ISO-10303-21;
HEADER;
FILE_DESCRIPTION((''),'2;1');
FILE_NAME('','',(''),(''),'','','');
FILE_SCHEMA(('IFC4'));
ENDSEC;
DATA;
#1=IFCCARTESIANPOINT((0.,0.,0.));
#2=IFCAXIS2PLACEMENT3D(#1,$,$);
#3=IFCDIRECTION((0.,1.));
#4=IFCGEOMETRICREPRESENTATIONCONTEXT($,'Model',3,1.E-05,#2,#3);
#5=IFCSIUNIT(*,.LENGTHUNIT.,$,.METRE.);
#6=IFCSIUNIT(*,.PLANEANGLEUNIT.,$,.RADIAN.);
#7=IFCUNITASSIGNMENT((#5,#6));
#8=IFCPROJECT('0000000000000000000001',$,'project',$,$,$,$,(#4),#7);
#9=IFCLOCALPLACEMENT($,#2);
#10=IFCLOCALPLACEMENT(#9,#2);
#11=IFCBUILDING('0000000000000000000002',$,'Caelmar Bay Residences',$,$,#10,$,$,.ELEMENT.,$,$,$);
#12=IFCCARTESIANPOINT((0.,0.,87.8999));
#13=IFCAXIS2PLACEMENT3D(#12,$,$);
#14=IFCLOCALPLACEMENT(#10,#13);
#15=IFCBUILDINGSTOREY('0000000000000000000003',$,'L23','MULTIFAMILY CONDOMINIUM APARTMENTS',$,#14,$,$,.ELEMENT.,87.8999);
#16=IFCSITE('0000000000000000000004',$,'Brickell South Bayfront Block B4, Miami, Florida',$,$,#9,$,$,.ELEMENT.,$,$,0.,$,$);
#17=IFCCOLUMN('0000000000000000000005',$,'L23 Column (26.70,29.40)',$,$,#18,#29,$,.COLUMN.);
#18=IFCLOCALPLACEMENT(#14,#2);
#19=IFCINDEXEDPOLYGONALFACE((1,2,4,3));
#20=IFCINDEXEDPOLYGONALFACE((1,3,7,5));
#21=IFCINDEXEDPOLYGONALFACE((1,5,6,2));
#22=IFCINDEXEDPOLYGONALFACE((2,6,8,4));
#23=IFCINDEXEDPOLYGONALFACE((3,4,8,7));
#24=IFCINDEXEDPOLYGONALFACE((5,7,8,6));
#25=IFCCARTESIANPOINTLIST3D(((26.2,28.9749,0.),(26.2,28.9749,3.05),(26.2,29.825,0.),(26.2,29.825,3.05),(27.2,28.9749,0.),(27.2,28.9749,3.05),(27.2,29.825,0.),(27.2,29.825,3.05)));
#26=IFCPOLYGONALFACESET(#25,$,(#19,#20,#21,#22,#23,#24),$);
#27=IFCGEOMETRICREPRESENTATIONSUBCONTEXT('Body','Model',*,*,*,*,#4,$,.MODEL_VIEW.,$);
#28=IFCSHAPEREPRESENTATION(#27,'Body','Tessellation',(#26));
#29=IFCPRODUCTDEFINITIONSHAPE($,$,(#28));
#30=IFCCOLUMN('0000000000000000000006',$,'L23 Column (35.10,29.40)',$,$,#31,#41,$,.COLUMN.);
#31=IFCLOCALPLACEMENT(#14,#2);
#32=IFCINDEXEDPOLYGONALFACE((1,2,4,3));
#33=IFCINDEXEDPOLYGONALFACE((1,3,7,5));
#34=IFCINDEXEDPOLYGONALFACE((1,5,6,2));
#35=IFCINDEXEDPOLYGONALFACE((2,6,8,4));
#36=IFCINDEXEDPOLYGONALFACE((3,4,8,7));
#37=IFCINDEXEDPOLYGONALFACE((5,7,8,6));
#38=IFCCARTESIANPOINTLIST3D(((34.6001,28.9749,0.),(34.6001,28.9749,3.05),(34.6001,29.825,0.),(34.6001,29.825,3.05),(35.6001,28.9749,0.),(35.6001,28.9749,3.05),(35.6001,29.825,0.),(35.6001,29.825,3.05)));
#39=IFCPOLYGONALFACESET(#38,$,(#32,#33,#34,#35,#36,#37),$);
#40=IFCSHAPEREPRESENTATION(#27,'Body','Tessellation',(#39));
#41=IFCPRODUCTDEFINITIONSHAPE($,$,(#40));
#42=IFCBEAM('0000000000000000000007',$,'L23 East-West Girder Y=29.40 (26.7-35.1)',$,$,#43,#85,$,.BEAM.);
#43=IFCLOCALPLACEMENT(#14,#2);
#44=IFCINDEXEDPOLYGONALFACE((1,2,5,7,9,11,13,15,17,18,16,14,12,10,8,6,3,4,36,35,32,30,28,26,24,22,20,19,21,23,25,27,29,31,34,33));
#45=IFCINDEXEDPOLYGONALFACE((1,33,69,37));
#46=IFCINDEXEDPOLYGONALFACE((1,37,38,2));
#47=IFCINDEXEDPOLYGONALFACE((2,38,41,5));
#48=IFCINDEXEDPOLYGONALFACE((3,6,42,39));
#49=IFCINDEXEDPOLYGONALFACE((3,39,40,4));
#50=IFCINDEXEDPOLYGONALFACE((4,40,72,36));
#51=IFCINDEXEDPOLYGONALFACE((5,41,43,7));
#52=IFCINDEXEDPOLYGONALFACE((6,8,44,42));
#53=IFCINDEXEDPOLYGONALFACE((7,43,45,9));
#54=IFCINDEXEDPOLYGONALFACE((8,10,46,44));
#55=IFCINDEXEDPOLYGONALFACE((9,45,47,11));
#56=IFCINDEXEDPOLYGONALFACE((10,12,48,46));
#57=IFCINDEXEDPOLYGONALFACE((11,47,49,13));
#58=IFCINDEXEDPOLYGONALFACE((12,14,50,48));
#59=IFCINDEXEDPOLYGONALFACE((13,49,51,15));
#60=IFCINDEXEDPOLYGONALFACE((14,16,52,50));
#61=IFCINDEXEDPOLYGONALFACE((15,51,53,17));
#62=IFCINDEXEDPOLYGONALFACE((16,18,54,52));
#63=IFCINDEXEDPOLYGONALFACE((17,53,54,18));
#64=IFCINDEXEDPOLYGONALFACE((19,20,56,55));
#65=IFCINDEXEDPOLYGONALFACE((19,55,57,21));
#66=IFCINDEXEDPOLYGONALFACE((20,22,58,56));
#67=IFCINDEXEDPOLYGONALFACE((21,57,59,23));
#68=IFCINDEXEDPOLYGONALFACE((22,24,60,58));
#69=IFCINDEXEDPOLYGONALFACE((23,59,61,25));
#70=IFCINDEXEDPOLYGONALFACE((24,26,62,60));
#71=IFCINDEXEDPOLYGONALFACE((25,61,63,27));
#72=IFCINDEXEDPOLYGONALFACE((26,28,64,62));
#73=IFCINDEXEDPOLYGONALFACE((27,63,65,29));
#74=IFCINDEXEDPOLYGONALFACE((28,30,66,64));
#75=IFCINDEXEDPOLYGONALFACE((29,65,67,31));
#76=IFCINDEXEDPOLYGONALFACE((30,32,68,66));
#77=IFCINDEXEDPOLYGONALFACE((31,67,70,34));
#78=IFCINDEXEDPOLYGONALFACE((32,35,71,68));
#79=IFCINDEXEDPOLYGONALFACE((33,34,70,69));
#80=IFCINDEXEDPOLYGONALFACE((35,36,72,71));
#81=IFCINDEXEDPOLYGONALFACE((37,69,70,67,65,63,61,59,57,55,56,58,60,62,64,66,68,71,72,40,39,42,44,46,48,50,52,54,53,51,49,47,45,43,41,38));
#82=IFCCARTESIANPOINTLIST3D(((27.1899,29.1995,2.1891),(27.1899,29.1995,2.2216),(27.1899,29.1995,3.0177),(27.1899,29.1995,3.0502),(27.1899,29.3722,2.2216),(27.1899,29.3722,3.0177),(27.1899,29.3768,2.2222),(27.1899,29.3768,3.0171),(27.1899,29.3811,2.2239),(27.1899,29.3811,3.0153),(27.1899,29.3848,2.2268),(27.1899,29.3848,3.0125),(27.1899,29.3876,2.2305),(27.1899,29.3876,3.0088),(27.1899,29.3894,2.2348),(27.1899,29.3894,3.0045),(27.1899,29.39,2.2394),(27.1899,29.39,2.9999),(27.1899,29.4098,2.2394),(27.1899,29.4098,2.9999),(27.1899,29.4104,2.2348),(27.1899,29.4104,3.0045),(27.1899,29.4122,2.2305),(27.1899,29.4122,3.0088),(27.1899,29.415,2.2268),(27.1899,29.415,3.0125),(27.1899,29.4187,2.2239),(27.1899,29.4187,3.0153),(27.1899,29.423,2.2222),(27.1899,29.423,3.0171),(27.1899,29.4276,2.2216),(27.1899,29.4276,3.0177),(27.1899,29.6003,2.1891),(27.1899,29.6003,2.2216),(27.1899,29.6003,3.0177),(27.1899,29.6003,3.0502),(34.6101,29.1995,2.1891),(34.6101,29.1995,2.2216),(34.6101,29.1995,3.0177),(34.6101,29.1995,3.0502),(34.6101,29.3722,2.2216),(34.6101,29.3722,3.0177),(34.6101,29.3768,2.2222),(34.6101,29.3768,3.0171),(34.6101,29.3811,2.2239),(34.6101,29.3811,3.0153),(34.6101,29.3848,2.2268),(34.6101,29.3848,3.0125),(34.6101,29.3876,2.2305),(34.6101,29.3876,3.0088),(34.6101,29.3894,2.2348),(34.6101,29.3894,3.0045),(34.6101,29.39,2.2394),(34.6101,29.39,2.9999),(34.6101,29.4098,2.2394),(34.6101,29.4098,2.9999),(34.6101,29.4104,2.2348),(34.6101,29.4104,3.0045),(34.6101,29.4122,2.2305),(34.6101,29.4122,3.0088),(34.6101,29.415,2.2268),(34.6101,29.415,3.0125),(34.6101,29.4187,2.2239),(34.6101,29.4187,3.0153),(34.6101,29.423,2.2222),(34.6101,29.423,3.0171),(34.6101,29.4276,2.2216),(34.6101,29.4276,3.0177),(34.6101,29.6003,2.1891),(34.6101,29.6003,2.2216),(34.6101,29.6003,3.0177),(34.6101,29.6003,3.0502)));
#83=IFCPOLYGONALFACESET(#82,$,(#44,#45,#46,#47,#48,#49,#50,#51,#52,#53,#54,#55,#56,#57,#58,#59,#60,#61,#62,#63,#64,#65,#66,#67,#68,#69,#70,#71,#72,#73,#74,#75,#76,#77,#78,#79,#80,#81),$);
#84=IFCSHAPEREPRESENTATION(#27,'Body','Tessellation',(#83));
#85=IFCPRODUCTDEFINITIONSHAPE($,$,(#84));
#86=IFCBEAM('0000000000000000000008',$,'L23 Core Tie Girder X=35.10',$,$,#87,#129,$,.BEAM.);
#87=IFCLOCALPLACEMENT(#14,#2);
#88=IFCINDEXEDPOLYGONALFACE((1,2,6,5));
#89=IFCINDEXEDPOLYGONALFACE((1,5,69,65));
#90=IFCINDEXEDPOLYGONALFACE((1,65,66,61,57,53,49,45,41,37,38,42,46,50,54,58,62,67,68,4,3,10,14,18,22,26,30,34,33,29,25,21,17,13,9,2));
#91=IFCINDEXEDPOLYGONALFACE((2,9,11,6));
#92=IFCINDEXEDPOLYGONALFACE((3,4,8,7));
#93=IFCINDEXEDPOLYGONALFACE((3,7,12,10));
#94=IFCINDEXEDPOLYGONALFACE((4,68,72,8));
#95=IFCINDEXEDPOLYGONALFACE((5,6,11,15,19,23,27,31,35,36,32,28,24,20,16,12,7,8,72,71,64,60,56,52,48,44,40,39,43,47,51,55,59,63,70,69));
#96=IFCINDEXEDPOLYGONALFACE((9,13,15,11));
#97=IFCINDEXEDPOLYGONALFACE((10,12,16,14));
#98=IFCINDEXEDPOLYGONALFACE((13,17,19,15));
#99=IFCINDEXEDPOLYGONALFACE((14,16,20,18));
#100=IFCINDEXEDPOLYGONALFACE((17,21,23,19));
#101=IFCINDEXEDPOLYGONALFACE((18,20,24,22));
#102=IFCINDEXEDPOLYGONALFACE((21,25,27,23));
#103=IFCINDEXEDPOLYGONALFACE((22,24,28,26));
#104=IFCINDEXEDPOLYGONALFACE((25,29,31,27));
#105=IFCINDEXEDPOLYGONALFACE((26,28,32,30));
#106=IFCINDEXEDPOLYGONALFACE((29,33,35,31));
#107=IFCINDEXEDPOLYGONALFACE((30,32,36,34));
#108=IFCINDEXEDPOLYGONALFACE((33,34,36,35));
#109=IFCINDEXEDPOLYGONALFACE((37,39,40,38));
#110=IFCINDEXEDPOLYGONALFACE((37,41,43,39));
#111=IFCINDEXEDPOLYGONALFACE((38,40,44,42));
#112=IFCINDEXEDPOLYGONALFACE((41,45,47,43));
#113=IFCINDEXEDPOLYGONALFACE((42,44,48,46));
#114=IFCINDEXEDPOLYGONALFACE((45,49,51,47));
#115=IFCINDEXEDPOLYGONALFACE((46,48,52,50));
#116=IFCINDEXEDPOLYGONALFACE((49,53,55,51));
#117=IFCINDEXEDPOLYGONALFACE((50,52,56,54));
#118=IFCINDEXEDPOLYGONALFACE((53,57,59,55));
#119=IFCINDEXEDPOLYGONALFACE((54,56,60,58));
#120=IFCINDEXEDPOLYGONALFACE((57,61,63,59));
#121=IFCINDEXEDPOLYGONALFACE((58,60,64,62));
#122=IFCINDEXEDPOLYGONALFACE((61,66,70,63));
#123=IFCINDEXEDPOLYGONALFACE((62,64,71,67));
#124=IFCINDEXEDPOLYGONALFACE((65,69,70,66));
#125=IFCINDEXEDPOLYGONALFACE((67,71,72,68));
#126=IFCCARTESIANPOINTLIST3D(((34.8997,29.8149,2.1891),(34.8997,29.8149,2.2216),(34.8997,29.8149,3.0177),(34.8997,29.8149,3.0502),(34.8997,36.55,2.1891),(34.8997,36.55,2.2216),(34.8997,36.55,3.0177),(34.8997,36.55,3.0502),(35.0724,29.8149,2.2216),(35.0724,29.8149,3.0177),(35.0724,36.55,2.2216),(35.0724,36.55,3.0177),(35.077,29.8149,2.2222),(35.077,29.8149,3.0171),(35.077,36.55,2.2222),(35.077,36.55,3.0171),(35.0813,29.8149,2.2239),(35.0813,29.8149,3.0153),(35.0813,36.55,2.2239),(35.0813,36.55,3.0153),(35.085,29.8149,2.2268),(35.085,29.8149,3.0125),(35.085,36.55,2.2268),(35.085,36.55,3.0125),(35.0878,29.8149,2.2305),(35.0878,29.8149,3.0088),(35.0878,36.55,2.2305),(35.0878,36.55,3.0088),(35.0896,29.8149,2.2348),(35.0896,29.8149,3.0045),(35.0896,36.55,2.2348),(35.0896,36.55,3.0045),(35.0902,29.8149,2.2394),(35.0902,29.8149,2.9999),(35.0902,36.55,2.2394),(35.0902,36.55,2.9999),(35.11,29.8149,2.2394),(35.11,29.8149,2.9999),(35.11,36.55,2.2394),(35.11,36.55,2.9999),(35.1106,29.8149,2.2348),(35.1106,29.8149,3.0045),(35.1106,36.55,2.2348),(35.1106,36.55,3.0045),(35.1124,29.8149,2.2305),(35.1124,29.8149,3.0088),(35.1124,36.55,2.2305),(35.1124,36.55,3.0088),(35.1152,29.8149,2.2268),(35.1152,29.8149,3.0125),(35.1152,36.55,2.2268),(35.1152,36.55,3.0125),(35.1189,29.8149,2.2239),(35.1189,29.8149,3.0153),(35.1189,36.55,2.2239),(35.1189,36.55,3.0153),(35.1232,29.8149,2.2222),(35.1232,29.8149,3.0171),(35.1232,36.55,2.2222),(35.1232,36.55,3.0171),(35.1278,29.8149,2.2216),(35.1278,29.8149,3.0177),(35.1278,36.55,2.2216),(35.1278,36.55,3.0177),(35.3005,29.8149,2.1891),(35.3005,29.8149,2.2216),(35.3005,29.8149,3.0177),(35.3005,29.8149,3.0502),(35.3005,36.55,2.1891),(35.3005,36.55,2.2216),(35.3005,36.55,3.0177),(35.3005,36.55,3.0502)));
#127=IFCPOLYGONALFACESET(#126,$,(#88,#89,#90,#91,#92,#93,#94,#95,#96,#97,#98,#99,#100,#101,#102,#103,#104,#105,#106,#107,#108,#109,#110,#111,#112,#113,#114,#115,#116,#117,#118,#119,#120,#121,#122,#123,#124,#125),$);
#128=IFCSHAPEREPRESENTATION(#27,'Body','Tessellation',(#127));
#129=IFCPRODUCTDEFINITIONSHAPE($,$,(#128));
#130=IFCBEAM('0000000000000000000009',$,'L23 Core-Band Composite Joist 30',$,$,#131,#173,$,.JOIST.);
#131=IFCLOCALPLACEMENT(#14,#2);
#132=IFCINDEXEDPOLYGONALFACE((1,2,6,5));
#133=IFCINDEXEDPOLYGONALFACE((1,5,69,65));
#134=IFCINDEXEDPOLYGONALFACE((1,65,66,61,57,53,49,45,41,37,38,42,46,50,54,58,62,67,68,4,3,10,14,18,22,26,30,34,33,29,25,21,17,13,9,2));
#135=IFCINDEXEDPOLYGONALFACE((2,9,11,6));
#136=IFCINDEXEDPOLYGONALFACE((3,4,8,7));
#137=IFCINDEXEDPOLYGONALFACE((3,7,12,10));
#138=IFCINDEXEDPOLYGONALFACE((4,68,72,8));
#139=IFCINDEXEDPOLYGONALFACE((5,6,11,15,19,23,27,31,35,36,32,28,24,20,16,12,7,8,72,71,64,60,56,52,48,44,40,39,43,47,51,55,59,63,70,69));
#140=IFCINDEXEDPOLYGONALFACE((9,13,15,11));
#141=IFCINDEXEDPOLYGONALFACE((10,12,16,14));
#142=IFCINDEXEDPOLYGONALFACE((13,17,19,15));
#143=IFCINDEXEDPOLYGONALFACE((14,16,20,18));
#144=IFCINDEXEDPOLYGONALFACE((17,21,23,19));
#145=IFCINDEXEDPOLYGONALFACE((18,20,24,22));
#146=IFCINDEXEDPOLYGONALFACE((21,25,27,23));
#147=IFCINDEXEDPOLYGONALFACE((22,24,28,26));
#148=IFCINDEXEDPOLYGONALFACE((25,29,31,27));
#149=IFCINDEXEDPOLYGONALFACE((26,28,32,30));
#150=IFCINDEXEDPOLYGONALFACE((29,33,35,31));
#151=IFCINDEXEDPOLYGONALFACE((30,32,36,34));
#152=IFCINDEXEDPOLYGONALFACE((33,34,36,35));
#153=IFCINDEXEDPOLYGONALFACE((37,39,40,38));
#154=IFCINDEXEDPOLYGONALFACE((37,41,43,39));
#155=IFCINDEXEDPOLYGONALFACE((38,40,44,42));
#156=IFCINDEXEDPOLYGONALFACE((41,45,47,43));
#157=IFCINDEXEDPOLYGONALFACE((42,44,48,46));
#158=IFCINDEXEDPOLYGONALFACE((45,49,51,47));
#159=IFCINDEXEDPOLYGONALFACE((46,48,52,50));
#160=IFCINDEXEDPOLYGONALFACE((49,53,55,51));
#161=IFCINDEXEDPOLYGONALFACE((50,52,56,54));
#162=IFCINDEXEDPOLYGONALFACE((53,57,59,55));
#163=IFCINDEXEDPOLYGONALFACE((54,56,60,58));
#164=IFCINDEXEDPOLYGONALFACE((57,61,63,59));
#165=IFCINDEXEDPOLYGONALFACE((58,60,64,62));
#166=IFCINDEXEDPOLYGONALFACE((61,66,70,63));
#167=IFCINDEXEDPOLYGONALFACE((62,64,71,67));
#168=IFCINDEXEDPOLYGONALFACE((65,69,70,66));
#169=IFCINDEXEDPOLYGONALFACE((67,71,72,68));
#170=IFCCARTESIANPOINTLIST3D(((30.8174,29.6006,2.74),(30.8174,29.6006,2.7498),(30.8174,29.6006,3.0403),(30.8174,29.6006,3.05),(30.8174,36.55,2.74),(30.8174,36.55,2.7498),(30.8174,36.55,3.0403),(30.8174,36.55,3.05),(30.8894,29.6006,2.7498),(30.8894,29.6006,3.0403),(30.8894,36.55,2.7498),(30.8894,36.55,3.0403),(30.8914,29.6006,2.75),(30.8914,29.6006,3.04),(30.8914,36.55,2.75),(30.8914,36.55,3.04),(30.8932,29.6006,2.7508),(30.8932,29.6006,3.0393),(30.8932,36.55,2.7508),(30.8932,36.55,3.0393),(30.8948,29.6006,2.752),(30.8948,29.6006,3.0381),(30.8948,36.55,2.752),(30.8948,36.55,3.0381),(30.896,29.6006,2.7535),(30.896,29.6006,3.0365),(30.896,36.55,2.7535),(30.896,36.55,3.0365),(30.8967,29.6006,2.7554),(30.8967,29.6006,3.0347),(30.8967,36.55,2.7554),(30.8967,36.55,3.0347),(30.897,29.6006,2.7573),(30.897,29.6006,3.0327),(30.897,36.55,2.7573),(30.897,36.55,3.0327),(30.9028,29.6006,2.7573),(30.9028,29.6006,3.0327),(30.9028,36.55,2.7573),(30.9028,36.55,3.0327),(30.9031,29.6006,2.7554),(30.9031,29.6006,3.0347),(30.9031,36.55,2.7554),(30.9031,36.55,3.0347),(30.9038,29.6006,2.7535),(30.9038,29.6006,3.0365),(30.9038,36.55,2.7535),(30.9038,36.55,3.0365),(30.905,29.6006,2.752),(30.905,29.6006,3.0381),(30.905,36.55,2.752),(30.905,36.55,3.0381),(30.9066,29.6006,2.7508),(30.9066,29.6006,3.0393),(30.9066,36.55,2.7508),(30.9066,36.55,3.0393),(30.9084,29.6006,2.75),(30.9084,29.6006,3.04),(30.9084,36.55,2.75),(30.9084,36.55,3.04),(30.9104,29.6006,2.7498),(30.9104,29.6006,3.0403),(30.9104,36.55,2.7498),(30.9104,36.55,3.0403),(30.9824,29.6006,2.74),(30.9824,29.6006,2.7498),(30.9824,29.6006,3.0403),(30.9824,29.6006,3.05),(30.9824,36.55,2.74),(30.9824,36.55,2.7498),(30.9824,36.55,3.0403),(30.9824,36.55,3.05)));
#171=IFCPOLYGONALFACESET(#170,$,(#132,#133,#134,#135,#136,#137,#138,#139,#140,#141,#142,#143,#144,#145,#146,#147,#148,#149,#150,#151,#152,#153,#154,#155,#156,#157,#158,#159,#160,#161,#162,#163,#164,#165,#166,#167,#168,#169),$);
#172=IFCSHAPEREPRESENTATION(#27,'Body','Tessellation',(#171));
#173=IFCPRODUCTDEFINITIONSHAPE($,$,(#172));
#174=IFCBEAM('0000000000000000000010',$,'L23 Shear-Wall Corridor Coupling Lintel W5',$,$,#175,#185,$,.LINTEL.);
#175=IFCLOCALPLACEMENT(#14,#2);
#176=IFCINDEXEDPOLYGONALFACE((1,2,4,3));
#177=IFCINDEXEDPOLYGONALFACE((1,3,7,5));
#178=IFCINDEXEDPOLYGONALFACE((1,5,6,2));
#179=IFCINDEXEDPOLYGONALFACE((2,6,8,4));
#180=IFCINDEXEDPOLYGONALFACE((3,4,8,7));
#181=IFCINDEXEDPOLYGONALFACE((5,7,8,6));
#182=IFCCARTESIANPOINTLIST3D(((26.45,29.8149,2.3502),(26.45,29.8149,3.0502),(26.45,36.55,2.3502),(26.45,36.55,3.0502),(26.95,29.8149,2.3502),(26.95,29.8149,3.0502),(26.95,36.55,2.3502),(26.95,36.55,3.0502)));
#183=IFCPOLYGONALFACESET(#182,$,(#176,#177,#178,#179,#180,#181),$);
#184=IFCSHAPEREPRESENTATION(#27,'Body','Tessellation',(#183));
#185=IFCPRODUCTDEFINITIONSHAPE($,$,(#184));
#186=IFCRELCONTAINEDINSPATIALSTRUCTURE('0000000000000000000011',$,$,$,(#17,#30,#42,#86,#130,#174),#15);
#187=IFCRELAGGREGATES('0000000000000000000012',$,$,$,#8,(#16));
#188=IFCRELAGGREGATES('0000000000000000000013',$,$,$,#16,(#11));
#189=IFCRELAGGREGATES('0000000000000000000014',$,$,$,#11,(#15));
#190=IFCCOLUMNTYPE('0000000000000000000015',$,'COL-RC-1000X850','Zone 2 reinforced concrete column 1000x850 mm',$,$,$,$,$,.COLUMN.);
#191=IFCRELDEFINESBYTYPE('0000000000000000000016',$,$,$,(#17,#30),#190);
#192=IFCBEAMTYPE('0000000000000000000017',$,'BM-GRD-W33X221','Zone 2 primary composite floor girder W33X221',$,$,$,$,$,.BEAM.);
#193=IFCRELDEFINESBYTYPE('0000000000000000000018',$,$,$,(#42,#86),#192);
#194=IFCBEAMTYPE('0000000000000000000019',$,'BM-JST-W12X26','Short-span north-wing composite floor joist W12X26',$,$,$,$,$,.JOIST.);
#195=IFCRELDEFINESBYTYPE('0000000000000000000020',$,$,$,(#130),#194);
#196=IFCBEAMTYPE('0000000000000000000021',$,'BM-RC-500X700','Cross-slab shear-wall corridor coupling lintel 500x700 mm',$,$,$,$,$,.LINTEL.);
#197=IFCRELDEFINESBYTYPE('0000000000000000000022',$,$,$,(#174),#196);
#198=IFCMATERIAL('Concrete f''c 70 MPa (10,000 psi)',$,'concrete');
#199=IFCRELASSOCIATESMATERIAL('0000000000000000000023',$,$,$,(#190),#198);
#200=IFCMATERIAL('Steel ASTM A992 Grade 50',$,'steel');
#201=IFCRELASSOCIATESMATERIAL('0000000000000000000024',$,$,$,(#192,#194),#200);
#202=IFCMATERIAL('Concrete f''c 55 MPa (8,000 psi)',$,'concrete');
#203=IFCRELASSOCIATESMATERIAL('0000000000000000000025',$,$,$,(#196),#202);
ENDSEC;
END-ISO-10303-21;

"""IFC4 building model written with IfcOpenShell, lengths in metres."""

from ifc_helpers import new_model, si_unit, direction, frame, origin, origin_2d, place, context, subcontext, project, spatial, rectangle, i_section, extrude, material, material_profile, profile_set, type_object, element, save


model = new_model("IFC4")

# Units and contexts
model_context = context("Model", 3, precision=1e-05, world=origin(), true_north=direction((0.0, 1.0)))
body_context = subcontext(model_context, "Body", "Model", "MODEL_VIEW")
ifc_project = project(units=[si_unit("LENGTHUNIT", "METRE"), si_unit("PLANEANGLEUNIT", "RADIAN")], contexts=[model_context])

# Site, building, storey
site_placement = place(None, origin())
site = spatial("IfcSite", under=ifc_project, at=site_placement, Name="Brickell South Bayfront Block B4, Miami, Florida", CompositionType="ELEMENT", RefElevation=0.0)
building_placement = place(site_placement, origin())
building = spatial("IfcBuilding", under=site, at=building_placement, Name="Caelmar Bay Residences", CompositionType="ELEMENT")
storey_placement = place(building_placement, frame((0.0, 0.0, 87.8999)))
storey = spatial("IfcBuildingStorey", under=building, at=storey_placement, Name="L23", Description="MULTIFAMILY CONDOMINIUM APARTMENTS", CompositionType="ELEMENT", Elevation=87.8999)

# Columns
ifc_material_1 = material(Name="Concrete f'c 70 MPa (10,000 psi)", Category="concrete")
ifc_material_profile_1 = material_profile(ifc_material_1, rectangle(XDim=1.0, YDim=0.8501, at=origin_2d()), Name="RC-COL-1000X850")
ifc_profile_set_1 = profile_set([ifc_material_profile_1], Name="Concrete f'c 70 MPa (10,000 psi)")
column_type = type_object("IfcColumnType", Name="COL-RC-1000X850", Description="Zone 2 reinforced concrete column 1000x850 mm", PredefinedType="COLUMN", material=ifc_profile_set_1)
for number, where, z_axis, x_axis, name in (
    (1, (26.7, 29.3999, 0.0), (0.0, 0.0, 1.0), (1.0, 0.0, 0.0), "L23 Column (26.70,29.40)"),
    (2, (35.1001, 29.3999, 0.0), (0.0, 0.0, 1.0), (1.0, 0.0, 0.0), "L23 Column (35.10,29.40)"),
):
    element("IfcColumn", number, at=place(storey_placement, frame(where, z_axis=z_axis, x_axis=x_axis)), inside=storey, type_object=column_type, Name=name, PredefinedType="COLUMN", context=body_context, shape_type="SweptSolid", body=[
        extrude(rectangle(XDim=1.0, YDim=0.8501, at=origin_2d()), origin(), (0.0, 0.0, 1.0), 3.05),
    ])

# Beams
ifc_material_2 = material(Name="Steel ASTM A992 Grade 50", Category="steel")
ifc_material_profile_2 = material_profile(ifc_material_2, i_section(OverallWidth=0.4009, OverallDepth=0.8611, WebThickness=0.0198, FlangeThickness=0.0325, FilletRadius=0.0178, at=origin_2d()), Name="W33X221")
ifc_profile_set_2 = profile_set([ifc_material_profile_2], Name="Steel ASTM A992 Grade 50")
beam_type_1 = type_object("IfcBeamType", Name="BM-GRD-W33X221", Description="Zone 2 primary composite floor girder W33X221", PredefinedType="BEAM", material=ifc_profile_set_2)
beam_1_placement = place(storey_placement, frame((27.1899, 29.3999, 2.6196), z_axis=(1.0, 0.0, 0.0), x_axis=(0.0, 1.0, 0.0)))
element("IfcBeam", 3, at=beam_1_placement, inside=storey, type_object=beam_type_1, Name="L23 East-West Girder Y=29.40 (26.7-35.1)", PredefinedType="BEAM", context=body_context, shape_type="SweptSolid", body=[
    extrude(i_section(OverallWidth=0.4009, OverallDepth=0.8611, WebThickness=0.0198, FlangeThickness=0.0325, FilletRadius=0.0178, at=origin_2d()), origin(), (0.0, 0.0, 1.0), 7.4202),
])
beam_2_placement = place(storey_placement, frame((35.1001, 29.8149, 2.6196), z_axis=(0.0, 1.0, 0.0), x_axis=(-1.0, 0.0, 0.0)))
element("IfcBeam", 4, at=beam_2_placement, inside=storey, type_object=beam_type_1, Name="L23 Core Tie Girder X=35.10", PredefinedType="BEAM", context=body_context, shape_type="SweptSolid", body=[
    extrude(i_section(OverallWidth=0.4009, OverallDepth=0.8611, WebThickness=0.0198, FlangeThickness=0.0325, FilletRadius=0.0178, at=origin_2d()), origin(), (0.0, 0.0, 1.0), 6.7351),
])
ifc_material_profile_3 = material_profile(ifc_material_2, i_section(OverallWidth=0.165, OverallDepth=0.3101, WebThickness=0.0059, FlangeThickness=0.0098, FilletRadius=0.0076, at=origin_2d()), Name="W12X26")
ifc_profile_set_3 = profile_set([ifc_material_profile_3], Name="Steel ASTM A992 Grade 50")
beam_type_2 = type_object("IfcBeamType", Name="BM-JST-W12X26", Description="Short-span north-wing composite floor joist W12X26", PredefinedType="JOIST", material=ifc_profile_set_3)
beam_3_placement = place(storey_placement, frame((30.8999, 29.6006, 2.895), z_axis=(0.0, 1.0, 0.0), x_axis=(-1.0, 0.0, 0.0)))
element("IfcBeam", 5, at=beam_3_placement, inside=storey, type_object=beam_type_2, Name="L23 Core-Band Composite Joist 30", PredefinedType="JOIST", context=body_context, shape_type="SweptSolid", body=[
    extrude(i_section(OverallWidth=0.165, OverallDepth=0.3101, WebThickness=0.0059, FlangeThickness=0.0098, FilletRadius=0.0076, at=origin_2d()), origin(), (0.0, 0.0, 1.0), 6.9495),
])
ifc_material_3 = material(Name="Concrete f'c 55 MPa (8,000 psi)", Category="concrete")
ifc_material_profile_4 = material_profile(ifc_material_3, rectangle(XDim=0.5, YDim=0.7, at=origin_2d()), Name="RC-BM-500X700")
ifc_profile_set_4 = profile_set([ifc_material_profile_4], Name="Concrete f'c 55 MPa (8,000 psi)")
beam_type_3 = type_object("IfcBeamType", Name="BM-RC-500X700", Description="Cross-slab shear-wall corridor coupling lintel 500x700 mm", PredefinedType="LINTEL", material=ifc_profile_set_4)
beam_4_placement = place(storey_placement, frame((26.7, 29.8149, 2.7002), z_axis=(0.0, 1.0, 0.0), x_axis=(-1.0, 0.0, 0.0)))
element("IfcBeam", 6, at=beam_4_placement, inside=storey, type_object=beam_type_3, Name="L23 Shear-Wall Corridor Coupling Lintel W5", PredefinedType="LINTEL", context=body_context, shape_type="SweptSolid", body=[
    extrude(rectangle(XDim=0.5, YDim=0.7, at=origin_2d()), origin(), (0.0, 0.0, 1.0), 6.7351),
])

save(model, "model.ifc")
